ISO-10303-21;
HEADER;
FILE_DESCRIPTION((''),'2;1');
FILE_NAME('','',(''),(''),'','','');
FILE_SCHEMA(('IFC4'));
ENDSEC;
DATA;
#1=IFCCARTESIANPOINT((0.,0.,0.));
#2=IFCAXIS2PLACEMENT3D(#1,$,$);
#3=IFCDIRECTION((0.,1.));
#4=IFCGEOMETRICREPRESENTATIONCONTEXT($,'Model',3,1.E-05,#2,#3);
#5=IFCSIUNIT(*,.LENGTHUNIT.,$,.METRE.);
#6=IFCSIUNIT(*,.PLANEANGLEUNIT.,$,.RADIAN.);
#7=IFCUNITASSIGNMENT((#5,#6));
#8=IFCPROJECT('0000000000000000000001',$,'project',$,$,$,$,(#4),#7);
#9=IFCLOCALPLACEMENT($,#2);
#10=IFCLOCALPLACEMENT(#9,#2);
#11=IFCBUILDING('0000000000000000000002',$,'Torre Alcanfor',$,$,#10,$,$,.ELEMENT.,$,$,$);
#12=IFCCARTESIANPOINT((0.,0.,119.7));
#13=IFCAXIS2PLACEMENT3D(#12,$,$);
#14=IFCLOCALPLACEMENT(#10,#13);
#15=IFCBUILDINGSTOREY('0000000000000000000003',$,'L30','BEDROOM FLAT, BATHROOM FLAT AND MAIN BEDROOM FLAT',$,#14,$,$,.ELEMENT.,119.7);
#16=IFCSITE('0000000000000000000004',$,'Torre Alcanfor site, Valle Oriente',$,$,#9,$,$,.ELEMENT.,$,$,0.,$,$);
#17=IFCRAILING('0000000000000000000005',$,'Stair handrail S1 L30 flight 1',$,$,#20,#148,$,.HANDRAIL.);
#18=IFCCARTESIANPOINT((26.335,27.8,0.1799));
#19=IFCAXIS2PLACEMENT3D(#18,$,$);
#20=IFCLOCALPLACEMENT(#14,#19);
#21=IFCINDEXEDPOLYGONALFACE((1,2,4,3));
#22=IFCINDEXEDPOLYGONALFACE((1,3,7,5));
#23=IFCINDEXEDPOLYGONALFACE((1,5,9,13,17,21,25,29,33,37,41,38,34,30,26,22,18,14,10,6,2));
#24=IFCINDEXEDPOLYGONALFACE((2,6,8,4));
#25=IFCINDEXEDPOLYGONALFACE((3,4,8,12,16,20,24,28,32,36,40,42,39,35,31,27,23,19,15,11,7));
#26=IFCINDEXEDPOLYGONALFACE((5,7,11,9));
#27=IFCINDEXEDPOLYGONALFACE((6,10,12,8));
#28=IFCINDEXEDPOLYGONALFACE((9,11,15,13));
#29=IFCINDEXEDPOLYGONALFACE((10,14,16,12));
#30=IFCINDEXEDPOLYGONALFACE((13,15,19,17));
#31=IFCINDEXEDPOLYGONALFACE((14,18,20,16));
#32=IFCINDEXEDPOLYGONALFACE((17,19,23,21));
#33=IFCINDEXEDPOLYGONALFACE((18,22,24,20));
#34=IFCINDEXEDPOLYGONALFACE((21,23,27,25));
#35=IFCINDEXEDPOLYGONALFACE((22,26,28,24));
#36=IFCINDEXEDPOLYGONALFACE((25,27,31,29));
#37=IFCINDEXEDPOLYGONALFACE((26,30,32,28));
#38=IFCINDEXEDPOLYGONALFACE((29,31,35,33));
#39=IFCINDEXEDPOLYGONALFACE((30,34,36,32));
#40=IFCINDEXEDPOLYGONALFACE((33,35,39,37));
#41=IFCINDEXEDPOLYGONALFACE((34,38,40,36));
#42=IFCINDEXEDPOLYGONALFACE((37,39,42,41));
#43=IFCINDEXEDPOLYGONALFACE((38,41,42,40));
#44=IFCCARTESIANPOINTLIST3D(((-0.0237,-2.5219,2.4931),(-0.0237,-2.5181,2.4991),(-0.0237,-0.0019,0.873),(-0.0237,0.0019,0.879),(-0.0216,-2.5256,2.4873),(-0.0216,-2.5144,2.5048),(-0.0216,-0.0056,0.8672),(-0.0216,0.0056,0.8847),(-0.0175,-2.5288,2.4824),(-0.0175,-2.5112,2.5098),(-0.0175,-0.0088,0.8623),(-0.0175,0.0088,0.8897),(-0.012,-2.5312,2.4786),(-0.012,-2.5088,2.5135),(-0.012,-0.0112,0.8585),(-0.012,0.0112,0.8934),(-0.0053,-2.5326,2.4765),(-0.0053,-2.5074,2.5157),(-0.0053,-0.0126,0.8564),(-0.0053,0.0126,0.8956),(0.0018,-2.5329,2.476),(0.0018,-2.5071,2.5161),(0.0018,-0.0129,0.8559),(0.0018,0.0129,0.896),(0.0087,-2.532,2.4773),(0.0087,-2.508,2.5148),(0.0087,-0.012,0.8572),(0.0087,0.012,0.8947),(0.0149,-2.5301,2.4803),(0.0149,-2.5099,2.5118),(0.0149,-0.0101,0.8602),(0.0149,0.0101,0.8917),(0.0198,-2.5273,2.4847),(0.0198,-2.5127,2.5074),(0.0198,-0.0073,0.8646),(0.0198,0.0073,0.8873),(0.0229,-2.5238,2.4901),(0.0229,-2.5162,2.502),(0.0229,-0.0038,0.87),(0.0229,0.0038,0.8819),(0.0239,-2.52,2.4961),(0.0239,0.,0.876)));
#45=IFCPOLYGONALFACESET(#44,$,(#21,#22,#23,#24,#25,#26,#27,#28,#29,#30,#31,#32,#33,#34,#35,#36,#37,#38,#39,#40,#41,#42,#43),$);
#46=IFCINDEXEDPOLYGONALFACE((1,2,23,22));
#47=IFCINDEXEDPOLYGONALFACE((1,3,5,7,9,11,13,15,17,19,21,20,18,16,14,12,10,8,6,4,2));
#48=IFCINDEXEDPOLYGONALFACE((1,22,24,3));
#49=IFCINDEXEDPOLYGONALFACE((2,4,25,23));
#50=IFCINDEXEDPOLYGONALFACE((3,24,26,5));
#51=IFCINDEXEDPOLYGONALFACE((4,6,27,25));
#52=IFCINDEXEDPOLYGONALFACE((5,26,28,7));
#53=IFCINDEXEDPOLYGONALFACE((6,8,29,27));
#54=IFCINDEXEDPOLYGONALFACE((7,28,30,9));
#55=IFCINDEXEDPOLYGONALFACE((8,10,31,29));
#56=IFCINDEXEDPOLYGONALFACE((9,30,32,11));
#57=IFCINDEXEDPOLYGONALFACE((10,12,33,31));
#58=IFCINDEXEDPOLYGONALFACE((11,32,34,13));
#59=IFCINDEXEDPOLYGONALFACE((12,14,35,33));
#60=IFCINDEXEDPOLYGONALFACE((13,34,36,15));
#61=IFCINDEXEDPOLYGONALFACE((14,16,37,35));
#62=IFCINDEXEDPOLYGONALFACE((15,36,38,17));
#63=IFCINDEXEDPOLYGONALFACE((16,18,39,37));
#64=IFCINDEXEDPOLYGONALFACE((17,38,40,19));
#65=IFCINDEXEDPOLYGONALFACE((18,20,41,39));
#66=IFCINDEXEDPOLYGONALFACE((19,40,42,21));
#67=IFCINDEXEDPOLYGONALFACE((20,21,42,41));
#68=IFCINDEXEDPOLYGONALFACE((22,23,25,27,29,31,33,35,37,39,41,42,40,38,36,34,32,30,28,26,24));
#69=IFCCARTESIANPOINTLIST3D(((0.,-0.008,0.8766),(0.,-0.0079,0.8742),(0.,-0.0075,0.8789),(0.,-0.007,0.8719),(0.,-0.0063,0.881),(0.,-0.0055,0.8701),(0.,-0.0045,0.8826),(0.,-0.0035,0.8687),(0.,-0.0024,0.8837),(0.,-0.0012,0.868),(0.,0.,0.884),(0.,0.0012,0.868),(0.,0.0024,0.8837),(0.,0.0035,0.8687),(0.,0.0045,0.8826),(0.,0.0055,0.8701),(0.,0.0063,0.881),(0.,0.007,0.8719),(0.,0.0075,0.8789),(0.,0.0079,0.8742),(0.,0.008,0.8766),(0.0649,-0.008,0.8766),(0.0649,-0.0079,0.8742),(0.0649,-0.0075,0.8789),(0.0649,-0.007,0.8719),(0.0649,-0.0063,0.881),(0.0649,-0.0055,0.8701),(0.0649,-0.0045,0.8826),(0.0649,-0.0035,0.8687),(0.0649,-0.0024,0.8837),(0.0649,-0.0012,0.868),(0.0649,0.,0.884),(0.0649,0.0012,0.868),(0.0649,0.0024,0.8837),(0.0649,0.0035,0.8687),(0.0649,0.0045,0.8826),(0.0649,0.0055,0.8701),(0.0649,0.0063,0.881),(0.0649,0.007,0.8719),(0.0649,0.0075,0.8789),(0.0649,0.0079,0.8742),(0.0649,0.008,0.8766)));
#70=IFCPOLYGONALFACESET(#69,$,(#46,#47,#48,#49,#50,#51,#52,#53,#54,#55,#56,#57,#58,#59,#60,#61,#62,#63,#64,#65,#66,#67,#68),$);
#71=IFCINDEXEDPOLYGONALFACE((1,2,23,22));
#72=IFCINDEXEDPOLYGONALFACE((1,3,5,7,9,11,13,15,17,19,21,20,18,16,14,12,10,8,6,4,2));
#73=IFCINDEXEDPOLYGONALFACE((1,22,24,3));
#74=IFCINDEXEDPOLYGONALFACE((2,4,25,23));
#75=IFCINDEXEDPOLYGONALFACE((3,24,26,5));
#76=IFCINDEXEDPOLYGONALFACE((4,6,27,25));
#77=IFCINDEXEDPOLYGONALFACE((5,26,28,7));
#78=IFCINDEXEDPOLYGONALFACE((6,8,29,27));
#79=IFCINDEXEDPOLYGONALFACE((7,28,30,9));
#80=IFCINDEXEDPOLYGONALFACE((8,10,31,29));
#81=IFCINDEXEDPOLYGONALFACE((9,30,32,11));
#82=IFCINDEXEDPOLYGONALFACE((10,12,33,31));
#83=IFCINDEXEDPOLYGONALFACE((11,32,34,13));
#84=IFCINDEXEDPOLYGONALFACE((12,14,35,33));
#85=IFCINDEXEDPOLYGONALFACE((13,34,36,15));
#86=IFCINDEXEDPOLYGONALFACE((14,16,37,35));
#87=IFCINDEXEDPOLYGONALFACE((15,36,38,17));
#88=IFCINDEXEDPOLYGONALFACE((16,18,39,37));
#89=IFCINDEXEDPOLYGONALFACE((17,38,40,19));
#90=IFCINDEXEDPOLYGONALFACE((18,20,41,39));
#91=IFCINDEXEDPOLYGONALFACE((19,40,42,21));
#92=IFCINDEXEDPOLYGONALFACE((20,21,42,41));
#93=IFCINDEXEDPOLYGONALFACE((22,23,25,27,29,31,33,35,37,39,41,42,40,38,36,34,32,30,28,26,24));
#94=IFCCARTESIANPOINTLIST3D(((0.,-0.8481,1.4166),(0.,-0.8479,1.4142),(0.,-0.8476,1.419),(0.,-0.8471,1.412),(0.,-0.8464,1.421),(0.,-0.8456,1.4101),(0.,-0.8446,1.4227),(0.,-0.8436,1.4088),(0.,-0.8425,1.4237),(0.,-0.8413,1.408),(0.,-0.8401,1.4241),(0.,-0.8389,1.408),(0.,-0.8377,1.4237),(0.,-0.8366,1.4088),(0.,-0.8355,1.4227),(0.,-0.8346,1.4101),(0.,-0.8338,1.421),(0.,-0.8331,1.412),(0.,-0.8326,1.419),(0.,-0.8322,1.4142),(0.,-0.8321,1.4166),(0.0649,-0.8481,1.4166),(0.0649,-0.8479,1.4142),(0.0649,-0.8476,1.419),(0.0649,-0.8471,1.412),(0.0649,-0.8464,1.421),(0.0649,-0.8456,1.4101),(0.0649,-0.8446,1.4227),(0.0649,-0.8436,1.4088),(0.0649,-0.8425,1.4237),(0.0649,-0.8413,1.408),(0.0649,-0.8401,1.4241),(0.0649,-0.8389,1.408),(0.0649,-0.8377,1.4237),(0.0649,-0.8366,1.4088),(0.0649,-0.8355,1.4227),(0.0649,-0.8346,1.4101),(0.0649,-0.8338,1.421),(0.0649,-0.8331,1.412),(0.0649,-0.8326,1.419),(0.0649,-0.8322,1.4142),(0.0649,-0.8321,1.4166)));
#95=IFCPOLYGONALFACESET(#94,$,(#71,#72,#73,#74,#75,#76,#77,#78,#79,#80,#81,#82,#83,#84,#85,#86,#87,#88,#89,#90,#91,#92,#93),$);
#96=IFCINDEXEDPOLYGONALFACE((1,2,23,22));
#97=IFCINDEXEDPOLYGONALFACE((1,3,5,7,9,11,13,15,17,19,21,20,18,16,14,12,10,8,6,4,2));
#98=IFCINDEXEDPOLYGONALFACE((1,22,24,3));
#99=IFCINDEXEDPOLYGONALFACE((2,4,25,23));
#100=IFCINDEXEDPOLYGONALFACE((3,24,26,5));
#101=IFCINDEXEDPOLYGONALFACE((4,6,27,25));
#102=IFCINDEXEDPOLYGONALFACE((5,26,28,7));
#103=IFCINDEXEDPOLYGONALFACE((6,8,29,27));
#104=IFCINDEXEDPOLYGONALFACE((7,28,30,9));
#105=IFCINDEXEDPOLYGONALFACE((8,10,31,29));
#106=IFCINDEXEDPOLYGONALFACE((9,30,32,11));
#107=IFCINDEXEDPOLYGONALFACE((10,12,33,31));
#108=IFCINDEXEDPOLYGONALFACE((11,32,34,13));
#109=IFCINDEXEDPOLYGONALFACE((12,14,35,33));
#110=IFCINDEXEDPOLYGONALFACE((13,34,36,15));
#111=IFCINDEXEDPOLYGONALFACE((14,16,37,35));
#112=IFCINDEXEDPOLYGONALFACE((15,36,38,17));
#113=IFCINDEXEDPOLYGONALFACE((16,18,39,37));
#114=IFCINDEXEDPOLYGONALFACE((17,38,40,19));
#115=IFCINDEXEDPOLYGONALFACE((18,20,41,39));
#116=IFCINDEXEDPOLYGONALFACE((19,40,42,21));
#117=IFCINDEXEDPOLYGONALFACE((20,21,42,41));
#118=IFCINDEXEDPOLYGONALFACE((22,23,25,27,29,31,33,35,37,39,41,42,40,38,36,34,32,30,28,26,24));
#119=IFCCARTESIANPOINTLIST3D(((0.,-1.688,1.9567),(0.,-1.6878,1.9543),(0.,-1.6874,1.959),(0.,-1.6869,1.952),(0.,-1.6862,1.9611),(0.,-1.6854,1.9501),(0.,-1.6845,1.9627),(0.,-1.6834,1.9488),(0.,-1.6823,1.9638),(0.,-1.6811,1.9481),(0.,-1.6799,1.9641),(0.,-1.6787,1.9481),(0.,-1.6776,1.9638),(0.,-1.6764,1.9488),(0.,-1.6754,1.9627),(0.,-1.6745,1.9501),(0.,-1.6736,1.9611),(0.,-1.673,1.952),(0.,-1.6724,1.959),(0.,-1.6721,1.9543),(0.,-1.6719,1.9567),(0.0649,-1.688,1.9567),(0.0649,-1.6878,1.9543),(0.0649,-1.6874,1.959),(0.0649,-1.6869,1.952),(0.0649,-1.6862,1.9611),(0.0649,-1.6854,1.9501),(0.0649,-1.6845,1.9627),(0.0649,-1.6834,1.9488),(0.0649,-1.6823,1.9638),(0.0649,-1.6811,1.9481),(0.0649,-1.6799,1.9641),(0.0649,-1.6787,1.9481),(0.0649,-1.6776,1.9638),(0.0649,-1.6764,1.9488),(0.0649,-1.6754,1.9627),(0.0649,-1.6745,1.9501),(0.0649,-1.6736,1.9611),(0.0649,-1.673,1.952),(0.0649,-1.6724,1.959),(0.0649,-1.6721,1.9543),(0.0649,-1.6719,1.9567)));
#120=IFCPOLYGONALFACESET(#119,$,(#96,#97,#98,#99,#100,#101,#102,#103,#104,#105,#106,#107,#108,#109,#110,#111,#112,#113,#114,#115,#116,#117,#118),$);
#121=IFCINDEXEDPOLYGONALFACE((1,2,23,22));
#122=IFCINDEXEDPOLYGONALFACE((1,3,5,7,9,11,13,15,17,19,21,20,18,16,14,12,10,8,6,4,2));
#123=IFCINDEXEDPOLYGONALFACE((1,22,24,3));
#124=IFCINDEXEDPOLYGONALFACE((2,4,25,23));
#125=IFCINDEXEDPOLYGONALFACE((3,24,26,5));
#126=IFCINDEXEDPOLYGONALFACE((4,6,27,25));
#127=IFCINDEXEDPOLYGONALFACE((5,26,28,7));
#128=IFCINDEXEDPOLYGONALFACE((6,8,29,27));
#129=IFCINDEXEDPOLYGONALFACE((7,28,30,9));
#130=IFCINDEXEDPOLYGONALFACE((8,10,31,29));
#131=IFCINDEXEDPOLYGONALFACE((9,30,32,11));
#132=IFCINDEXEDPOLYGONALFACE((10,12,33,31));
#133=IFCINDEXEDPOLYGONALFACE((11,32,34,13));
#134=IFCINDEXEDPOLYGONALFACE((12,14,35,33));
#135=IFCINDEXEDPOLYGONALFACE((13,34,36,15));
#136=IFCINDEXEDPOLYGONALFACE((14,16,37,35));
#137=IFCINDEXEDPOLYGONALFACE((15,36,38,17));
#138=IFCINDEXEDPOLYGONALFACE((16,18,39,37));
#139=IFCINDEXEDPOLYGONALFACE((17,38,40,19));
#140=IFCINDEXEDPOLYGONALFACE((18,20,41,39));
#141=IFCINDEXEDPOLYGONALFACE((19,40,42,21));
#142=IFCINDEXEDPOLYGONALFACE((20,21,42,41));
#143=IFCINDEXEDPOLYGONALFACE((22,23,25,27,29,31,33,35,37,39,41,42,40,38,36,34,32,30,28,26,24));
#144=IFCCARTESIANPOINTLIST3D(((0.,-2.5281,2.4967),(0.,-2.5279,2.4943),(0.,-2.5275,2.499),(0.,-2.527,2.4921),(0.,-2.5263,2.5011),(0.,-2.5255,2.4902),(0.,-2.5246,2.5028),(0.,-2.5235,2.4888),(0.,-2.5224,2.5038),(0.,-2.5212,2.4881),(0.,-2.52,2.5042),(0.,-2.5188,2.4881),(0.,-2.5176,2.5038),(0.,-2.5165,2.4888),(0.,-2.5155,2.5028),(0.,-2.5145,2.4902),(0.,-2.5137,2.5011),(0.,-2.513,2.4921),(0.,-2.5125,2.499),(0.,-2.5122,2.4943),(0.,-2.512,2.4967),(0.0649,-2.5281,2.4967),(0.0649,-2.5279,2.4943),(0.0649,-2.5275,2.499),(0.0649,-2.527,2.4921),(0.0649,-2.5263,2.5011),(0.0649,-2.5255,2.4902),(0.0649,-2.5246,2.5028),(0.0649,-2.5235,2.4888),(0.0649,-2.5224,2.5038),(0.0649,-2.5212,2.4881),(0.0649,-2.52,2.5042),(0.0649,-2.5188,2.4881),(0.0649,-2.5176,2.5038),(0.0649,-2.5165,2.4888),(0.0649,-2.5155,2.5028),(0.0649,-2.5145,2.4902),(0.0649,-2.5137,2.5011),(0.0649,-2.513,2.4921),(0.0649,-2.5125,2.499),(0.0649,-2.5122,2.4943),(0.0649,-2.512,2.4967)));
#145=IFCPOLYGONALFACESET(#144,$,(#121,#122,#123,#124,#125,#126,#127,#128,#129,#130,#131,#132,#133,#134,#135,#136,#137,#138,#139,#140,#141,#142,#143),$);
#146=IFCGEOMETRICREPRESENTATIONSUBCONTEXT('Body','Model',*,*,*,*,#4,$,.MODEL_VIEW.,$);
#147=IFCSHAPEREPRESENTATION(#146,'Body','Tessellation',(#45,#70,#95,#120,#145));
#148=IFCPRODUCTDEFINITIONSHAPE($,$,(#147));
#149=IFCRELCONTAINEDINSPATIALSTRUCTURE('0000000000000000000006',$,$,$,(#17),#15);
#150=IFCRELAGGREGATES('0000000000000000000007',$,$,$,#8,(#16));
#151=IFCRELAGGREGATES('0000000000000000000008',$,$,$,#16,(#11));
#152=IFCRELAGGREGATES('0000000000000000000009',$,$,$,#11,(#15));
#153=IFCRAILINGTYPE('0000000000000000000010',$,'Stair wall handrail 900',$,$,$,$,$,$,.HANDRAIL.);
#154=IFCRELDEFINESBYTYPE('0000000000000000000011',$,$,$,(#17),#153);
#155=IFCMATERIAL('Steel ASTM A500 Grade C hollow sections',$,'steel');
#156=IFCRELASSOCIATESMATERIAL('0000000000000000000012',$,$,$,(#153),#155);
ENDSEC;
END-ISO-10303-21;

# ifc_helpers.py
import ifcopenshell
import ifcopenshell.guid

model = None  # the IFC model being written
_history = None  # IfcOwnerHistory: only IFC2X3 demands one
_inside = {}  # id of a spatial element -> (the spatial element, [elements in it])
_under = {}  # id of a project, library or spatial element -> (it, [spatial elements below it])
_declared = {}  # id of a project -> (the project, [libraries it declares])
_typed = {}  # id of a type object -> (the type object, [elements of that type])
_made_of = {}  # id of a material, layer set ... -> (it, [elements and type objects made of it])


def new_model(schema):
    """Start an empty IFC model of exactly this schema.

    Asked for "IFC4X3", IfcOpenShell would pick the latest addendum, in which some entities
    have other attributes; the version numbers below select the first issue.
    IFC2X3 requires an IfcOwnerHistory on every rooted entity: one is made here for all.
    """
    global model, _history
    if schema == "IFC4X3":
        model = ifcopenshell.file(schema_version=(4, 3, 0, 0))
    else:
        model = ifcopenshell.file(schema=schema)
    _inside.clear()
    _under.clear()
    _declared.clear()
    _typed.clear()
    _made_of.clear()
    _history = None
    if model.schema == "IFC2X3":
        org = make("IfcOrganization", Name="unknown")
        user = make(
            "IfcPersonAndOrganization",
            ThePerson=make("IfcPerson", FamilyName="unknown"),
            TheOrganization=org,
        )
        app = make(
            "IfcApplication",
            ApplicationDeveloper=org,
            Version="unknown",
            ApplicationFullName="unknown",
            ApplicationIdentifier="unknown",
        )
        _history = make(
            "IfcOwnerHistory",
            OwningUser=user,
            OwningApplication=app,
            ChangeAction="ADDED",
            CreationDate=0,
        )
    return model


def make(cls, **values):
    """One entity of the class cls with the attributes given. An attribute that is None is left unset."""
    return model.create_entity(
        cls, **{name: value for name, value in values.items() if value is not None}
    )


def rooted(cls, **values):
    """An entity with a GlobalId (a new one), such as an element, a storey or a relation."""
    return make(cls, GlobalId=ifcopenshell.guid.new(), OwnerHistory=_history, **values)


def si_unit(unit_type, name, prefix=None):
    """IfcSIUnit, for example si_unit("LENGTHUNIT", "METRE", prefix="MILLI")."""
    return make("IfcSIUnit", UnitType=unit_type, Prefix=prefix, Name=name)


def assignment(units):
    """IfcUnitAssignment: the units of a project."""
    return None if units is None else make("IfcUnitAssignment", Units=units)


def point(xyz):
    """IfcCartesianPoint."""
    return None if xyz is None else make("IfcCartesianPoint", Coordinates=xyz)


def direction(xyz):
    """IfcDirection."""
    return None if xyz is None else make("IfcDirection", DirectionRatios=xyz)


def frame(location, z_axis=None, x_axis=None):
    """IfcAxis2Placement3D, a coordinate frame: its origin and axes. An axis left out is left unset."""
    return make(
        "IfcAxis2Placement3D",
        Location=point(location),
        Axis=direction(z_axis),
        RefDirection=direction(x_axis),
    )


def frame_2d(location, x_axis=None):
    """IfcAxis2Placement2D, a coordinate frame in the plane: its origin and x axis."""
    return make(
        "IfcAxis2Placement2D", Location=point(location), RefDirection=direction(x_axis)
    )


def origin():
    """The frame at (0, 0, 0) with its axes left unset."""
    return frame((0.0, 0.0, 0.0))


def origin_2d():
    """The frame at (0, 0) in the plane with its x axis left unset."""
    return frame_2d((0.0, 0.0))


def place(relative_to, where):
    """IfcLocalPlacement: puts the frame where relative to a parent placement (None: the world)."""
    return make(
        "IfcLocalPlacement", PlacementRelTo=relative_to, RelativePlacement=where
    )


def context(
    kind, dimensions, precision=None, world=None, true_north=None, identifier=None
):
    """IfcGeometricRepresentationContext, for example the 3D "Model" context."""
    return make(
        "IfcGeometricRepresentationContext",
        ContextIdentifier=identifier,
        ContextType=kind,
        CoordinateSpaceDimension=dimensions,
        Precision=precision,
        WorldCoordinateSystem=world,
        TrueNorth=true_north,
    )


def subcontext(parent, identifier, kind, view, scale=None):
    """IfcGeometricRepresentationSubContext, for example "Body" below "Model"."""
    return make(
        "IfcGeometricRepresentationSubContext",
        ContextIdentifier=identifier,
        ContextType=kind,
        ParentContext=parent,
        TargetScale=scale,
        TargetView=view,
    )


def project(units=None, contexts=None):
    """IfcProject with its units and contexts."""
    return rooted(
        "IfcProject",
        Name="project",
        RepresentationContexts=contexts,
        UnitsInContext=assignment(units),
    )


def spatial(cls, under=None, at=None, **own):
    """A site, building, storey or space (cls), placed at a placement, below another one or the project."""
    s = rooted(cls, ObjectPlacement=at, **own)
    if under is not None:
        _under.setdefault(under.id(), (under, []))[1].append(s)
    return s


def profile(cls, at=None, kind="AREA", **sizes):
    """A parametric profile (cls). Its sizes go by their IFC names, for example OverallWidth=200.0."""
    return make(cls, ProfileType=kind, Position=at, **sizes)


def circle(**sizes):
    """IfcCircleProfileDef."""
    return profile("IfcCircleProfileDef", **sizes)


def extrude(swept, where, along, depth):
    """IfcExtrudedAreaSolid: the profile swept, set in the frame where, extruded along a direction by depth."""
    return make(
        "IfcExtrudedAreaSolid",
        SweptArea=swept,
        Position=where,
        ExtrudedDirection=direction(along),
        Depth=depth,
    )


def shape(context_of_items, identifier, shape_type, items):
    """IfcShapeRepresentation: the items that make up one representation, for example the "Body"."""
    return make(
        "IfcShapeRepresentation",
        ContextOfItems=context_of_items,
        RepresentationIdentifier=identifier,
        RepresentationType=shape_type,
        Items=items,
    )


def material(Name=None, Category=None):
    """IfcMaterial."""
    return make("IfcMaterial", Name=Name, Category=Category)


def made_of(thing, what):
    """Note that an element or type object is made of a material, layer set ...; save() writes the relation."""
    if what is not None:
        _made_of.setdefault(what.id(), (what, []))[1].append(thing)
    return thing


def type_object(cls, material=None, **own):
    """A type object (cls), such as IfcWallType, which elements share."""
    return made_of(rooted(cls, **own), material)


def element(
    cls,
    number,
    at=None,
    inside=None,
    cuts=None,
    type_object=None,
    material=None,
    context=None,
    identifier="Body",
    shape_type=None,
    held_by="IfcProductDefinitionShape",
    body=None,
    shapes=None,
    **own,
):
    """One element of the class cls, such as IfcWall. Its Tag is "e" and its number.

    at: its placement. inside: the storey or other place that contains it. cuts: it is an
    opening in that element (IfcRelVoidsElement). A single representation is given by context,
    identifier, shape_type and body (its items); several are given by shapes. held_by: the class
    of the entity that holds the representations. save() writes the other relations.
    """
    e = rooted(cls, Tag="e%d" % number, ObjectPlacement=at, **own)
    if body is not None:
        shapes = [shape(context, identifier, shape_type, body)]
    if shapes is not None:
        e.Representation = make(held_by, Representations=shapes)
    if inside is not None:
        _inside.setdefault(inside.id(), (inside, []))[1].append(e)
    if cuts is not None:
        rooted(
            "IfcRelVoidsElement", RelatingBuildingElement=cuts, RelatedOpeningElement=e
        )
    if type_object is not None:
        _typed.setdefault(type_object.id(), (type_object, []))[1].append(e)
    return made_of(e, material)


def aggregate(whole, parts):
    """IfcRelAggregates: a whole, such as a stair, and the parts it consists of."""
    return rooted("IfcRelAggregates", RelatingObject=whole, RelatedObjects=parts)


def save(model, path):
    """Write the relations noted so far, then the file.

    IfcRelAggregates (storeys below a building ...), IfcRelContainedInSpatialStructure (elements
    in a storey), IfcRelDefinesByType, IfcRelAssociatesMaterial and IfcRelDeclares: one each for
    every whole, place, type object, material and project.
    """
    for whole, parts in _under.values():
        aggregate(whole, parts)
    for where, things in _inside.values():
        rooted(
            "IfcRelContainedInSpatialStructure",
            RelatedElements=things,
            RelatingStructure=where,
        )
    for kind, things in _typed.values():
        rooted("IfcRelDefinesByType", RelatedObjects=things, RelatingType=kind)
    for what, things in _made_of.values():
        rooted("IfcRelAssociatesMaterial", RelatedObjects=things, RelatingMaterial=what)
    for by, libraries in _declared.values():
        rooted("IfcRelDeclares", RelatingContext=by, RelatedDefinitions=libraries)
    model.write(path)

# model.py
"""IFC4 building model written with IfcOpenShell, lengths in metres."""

from ifc_helpers import new_model, si_unit, direction, frame, origin, origin_2d, place, context, subcontext, project, spatial, circle, extrude, material, type_object, element, save


model = new_model("IFC4")

# Units and contexts
model_context = context("Model", 3, precision=1e-05, world=origin(), true_north=direction((0.0, 1.0)))
body_context = subcontext(model_context, "Body", "Model", "MODEL_VIEW")
ifc_project = project(units=[si_unit("LENGTHUNIT", "METRE"), si_unit("PLANEANGLEUNIT", "RADIAN")], contexts=[model_context])

# Site, building, storey
site_placement = place(None, origin())
site = spatial("IfcSite", under=ifc_project, at=site_placement, Name="Torre Alcanfor site, Valle Oriente", CompositionType="ELEMENT", RefElevation=0.0)
building_placement = place(site_placement, origin())
building = spatial("IfcBuilding", under=site, at=building_placement, Name="Torre Alcanfor", CompositionType="ELEMENT")
storey_placement = place(building_placement, frame((0.0, 0.0, 119.7)))
storey = spatial("IfcBuildingStorey", under=building, at=storey_placement, Name="L30", Description="BEDROOM FLAT, BATHROOM FLAT AND MAIN BEDROOM FLAT", CompositionType="ELEMENT", Elevation=119.7)

# Railing
ifc_material_1 = material(Name="Steel ASTM A500 Grade C hollow sections", Category="steel")
railing_type_1 = type_object("IfcRailingType", Name="Stair wall handrail 900", PredefinedType="HANDRAIL", material=ifc_material_1)
railing_1_placement = place(storey_placement, frame((26.335, 27.8, 0.1799)))
element("IfcRailing", 1, at=railing_1_placement, inside=storey, type_object=railing_type_1, Name="Stair handrail S1 L30 flight 1", PredefinedType="HANDRAIL", context=body_context, shape_type="SweptSolid", body=[
    extrude(circle(Radius=0.0239, at=origin_2d()), frame((0.0, 0.0, 0.876), z_axis=(0.0, -0.841163, 0.540782), x_axis=(1.0, 0.0, 0.0)), (0.0, 0.0, 1.0), 2.9958),
    extrude(circle(Radius=0.0081, at=origin_2d()), frame((0.0, 0.0, 0.876), z_axis=(1.0, 0.0, 0.0), x_axis=(0.0, 0.0, 1.0)), (0.0, 0.0, 1.0), 0.0649),
    extrude(circle(Radius=0.0081, at=origin_2d()), frame((0.0, -0.8401, 1.416), z_axis=(1.0, 0.0, 0.0), x_axis=(0.0, 0.0, 1.0)), (0.0, 0.0, 1.0), 0.0649),
    extrude(circle(Radius=0.0081, at=origin_2d()), frame((0.0, -1.6799, 1.9561), z_axis=(1.0, 0.0, 0.0), x_axis=(0.0, 0.0, 1.0)), (0.0, 0.0, 1.0), 0.0649),
    extrude(circle(Radius=0.0081, at=origin_2d()), frame((0.0, -2.52, 2.4961), z_axis=(1.0, 0.0, 0.0), x_axis=(0.0, 0.0, 1.0)), (0.0, 0.0, 1.0), 0.0649),
])

save(model, "model.ifc")
